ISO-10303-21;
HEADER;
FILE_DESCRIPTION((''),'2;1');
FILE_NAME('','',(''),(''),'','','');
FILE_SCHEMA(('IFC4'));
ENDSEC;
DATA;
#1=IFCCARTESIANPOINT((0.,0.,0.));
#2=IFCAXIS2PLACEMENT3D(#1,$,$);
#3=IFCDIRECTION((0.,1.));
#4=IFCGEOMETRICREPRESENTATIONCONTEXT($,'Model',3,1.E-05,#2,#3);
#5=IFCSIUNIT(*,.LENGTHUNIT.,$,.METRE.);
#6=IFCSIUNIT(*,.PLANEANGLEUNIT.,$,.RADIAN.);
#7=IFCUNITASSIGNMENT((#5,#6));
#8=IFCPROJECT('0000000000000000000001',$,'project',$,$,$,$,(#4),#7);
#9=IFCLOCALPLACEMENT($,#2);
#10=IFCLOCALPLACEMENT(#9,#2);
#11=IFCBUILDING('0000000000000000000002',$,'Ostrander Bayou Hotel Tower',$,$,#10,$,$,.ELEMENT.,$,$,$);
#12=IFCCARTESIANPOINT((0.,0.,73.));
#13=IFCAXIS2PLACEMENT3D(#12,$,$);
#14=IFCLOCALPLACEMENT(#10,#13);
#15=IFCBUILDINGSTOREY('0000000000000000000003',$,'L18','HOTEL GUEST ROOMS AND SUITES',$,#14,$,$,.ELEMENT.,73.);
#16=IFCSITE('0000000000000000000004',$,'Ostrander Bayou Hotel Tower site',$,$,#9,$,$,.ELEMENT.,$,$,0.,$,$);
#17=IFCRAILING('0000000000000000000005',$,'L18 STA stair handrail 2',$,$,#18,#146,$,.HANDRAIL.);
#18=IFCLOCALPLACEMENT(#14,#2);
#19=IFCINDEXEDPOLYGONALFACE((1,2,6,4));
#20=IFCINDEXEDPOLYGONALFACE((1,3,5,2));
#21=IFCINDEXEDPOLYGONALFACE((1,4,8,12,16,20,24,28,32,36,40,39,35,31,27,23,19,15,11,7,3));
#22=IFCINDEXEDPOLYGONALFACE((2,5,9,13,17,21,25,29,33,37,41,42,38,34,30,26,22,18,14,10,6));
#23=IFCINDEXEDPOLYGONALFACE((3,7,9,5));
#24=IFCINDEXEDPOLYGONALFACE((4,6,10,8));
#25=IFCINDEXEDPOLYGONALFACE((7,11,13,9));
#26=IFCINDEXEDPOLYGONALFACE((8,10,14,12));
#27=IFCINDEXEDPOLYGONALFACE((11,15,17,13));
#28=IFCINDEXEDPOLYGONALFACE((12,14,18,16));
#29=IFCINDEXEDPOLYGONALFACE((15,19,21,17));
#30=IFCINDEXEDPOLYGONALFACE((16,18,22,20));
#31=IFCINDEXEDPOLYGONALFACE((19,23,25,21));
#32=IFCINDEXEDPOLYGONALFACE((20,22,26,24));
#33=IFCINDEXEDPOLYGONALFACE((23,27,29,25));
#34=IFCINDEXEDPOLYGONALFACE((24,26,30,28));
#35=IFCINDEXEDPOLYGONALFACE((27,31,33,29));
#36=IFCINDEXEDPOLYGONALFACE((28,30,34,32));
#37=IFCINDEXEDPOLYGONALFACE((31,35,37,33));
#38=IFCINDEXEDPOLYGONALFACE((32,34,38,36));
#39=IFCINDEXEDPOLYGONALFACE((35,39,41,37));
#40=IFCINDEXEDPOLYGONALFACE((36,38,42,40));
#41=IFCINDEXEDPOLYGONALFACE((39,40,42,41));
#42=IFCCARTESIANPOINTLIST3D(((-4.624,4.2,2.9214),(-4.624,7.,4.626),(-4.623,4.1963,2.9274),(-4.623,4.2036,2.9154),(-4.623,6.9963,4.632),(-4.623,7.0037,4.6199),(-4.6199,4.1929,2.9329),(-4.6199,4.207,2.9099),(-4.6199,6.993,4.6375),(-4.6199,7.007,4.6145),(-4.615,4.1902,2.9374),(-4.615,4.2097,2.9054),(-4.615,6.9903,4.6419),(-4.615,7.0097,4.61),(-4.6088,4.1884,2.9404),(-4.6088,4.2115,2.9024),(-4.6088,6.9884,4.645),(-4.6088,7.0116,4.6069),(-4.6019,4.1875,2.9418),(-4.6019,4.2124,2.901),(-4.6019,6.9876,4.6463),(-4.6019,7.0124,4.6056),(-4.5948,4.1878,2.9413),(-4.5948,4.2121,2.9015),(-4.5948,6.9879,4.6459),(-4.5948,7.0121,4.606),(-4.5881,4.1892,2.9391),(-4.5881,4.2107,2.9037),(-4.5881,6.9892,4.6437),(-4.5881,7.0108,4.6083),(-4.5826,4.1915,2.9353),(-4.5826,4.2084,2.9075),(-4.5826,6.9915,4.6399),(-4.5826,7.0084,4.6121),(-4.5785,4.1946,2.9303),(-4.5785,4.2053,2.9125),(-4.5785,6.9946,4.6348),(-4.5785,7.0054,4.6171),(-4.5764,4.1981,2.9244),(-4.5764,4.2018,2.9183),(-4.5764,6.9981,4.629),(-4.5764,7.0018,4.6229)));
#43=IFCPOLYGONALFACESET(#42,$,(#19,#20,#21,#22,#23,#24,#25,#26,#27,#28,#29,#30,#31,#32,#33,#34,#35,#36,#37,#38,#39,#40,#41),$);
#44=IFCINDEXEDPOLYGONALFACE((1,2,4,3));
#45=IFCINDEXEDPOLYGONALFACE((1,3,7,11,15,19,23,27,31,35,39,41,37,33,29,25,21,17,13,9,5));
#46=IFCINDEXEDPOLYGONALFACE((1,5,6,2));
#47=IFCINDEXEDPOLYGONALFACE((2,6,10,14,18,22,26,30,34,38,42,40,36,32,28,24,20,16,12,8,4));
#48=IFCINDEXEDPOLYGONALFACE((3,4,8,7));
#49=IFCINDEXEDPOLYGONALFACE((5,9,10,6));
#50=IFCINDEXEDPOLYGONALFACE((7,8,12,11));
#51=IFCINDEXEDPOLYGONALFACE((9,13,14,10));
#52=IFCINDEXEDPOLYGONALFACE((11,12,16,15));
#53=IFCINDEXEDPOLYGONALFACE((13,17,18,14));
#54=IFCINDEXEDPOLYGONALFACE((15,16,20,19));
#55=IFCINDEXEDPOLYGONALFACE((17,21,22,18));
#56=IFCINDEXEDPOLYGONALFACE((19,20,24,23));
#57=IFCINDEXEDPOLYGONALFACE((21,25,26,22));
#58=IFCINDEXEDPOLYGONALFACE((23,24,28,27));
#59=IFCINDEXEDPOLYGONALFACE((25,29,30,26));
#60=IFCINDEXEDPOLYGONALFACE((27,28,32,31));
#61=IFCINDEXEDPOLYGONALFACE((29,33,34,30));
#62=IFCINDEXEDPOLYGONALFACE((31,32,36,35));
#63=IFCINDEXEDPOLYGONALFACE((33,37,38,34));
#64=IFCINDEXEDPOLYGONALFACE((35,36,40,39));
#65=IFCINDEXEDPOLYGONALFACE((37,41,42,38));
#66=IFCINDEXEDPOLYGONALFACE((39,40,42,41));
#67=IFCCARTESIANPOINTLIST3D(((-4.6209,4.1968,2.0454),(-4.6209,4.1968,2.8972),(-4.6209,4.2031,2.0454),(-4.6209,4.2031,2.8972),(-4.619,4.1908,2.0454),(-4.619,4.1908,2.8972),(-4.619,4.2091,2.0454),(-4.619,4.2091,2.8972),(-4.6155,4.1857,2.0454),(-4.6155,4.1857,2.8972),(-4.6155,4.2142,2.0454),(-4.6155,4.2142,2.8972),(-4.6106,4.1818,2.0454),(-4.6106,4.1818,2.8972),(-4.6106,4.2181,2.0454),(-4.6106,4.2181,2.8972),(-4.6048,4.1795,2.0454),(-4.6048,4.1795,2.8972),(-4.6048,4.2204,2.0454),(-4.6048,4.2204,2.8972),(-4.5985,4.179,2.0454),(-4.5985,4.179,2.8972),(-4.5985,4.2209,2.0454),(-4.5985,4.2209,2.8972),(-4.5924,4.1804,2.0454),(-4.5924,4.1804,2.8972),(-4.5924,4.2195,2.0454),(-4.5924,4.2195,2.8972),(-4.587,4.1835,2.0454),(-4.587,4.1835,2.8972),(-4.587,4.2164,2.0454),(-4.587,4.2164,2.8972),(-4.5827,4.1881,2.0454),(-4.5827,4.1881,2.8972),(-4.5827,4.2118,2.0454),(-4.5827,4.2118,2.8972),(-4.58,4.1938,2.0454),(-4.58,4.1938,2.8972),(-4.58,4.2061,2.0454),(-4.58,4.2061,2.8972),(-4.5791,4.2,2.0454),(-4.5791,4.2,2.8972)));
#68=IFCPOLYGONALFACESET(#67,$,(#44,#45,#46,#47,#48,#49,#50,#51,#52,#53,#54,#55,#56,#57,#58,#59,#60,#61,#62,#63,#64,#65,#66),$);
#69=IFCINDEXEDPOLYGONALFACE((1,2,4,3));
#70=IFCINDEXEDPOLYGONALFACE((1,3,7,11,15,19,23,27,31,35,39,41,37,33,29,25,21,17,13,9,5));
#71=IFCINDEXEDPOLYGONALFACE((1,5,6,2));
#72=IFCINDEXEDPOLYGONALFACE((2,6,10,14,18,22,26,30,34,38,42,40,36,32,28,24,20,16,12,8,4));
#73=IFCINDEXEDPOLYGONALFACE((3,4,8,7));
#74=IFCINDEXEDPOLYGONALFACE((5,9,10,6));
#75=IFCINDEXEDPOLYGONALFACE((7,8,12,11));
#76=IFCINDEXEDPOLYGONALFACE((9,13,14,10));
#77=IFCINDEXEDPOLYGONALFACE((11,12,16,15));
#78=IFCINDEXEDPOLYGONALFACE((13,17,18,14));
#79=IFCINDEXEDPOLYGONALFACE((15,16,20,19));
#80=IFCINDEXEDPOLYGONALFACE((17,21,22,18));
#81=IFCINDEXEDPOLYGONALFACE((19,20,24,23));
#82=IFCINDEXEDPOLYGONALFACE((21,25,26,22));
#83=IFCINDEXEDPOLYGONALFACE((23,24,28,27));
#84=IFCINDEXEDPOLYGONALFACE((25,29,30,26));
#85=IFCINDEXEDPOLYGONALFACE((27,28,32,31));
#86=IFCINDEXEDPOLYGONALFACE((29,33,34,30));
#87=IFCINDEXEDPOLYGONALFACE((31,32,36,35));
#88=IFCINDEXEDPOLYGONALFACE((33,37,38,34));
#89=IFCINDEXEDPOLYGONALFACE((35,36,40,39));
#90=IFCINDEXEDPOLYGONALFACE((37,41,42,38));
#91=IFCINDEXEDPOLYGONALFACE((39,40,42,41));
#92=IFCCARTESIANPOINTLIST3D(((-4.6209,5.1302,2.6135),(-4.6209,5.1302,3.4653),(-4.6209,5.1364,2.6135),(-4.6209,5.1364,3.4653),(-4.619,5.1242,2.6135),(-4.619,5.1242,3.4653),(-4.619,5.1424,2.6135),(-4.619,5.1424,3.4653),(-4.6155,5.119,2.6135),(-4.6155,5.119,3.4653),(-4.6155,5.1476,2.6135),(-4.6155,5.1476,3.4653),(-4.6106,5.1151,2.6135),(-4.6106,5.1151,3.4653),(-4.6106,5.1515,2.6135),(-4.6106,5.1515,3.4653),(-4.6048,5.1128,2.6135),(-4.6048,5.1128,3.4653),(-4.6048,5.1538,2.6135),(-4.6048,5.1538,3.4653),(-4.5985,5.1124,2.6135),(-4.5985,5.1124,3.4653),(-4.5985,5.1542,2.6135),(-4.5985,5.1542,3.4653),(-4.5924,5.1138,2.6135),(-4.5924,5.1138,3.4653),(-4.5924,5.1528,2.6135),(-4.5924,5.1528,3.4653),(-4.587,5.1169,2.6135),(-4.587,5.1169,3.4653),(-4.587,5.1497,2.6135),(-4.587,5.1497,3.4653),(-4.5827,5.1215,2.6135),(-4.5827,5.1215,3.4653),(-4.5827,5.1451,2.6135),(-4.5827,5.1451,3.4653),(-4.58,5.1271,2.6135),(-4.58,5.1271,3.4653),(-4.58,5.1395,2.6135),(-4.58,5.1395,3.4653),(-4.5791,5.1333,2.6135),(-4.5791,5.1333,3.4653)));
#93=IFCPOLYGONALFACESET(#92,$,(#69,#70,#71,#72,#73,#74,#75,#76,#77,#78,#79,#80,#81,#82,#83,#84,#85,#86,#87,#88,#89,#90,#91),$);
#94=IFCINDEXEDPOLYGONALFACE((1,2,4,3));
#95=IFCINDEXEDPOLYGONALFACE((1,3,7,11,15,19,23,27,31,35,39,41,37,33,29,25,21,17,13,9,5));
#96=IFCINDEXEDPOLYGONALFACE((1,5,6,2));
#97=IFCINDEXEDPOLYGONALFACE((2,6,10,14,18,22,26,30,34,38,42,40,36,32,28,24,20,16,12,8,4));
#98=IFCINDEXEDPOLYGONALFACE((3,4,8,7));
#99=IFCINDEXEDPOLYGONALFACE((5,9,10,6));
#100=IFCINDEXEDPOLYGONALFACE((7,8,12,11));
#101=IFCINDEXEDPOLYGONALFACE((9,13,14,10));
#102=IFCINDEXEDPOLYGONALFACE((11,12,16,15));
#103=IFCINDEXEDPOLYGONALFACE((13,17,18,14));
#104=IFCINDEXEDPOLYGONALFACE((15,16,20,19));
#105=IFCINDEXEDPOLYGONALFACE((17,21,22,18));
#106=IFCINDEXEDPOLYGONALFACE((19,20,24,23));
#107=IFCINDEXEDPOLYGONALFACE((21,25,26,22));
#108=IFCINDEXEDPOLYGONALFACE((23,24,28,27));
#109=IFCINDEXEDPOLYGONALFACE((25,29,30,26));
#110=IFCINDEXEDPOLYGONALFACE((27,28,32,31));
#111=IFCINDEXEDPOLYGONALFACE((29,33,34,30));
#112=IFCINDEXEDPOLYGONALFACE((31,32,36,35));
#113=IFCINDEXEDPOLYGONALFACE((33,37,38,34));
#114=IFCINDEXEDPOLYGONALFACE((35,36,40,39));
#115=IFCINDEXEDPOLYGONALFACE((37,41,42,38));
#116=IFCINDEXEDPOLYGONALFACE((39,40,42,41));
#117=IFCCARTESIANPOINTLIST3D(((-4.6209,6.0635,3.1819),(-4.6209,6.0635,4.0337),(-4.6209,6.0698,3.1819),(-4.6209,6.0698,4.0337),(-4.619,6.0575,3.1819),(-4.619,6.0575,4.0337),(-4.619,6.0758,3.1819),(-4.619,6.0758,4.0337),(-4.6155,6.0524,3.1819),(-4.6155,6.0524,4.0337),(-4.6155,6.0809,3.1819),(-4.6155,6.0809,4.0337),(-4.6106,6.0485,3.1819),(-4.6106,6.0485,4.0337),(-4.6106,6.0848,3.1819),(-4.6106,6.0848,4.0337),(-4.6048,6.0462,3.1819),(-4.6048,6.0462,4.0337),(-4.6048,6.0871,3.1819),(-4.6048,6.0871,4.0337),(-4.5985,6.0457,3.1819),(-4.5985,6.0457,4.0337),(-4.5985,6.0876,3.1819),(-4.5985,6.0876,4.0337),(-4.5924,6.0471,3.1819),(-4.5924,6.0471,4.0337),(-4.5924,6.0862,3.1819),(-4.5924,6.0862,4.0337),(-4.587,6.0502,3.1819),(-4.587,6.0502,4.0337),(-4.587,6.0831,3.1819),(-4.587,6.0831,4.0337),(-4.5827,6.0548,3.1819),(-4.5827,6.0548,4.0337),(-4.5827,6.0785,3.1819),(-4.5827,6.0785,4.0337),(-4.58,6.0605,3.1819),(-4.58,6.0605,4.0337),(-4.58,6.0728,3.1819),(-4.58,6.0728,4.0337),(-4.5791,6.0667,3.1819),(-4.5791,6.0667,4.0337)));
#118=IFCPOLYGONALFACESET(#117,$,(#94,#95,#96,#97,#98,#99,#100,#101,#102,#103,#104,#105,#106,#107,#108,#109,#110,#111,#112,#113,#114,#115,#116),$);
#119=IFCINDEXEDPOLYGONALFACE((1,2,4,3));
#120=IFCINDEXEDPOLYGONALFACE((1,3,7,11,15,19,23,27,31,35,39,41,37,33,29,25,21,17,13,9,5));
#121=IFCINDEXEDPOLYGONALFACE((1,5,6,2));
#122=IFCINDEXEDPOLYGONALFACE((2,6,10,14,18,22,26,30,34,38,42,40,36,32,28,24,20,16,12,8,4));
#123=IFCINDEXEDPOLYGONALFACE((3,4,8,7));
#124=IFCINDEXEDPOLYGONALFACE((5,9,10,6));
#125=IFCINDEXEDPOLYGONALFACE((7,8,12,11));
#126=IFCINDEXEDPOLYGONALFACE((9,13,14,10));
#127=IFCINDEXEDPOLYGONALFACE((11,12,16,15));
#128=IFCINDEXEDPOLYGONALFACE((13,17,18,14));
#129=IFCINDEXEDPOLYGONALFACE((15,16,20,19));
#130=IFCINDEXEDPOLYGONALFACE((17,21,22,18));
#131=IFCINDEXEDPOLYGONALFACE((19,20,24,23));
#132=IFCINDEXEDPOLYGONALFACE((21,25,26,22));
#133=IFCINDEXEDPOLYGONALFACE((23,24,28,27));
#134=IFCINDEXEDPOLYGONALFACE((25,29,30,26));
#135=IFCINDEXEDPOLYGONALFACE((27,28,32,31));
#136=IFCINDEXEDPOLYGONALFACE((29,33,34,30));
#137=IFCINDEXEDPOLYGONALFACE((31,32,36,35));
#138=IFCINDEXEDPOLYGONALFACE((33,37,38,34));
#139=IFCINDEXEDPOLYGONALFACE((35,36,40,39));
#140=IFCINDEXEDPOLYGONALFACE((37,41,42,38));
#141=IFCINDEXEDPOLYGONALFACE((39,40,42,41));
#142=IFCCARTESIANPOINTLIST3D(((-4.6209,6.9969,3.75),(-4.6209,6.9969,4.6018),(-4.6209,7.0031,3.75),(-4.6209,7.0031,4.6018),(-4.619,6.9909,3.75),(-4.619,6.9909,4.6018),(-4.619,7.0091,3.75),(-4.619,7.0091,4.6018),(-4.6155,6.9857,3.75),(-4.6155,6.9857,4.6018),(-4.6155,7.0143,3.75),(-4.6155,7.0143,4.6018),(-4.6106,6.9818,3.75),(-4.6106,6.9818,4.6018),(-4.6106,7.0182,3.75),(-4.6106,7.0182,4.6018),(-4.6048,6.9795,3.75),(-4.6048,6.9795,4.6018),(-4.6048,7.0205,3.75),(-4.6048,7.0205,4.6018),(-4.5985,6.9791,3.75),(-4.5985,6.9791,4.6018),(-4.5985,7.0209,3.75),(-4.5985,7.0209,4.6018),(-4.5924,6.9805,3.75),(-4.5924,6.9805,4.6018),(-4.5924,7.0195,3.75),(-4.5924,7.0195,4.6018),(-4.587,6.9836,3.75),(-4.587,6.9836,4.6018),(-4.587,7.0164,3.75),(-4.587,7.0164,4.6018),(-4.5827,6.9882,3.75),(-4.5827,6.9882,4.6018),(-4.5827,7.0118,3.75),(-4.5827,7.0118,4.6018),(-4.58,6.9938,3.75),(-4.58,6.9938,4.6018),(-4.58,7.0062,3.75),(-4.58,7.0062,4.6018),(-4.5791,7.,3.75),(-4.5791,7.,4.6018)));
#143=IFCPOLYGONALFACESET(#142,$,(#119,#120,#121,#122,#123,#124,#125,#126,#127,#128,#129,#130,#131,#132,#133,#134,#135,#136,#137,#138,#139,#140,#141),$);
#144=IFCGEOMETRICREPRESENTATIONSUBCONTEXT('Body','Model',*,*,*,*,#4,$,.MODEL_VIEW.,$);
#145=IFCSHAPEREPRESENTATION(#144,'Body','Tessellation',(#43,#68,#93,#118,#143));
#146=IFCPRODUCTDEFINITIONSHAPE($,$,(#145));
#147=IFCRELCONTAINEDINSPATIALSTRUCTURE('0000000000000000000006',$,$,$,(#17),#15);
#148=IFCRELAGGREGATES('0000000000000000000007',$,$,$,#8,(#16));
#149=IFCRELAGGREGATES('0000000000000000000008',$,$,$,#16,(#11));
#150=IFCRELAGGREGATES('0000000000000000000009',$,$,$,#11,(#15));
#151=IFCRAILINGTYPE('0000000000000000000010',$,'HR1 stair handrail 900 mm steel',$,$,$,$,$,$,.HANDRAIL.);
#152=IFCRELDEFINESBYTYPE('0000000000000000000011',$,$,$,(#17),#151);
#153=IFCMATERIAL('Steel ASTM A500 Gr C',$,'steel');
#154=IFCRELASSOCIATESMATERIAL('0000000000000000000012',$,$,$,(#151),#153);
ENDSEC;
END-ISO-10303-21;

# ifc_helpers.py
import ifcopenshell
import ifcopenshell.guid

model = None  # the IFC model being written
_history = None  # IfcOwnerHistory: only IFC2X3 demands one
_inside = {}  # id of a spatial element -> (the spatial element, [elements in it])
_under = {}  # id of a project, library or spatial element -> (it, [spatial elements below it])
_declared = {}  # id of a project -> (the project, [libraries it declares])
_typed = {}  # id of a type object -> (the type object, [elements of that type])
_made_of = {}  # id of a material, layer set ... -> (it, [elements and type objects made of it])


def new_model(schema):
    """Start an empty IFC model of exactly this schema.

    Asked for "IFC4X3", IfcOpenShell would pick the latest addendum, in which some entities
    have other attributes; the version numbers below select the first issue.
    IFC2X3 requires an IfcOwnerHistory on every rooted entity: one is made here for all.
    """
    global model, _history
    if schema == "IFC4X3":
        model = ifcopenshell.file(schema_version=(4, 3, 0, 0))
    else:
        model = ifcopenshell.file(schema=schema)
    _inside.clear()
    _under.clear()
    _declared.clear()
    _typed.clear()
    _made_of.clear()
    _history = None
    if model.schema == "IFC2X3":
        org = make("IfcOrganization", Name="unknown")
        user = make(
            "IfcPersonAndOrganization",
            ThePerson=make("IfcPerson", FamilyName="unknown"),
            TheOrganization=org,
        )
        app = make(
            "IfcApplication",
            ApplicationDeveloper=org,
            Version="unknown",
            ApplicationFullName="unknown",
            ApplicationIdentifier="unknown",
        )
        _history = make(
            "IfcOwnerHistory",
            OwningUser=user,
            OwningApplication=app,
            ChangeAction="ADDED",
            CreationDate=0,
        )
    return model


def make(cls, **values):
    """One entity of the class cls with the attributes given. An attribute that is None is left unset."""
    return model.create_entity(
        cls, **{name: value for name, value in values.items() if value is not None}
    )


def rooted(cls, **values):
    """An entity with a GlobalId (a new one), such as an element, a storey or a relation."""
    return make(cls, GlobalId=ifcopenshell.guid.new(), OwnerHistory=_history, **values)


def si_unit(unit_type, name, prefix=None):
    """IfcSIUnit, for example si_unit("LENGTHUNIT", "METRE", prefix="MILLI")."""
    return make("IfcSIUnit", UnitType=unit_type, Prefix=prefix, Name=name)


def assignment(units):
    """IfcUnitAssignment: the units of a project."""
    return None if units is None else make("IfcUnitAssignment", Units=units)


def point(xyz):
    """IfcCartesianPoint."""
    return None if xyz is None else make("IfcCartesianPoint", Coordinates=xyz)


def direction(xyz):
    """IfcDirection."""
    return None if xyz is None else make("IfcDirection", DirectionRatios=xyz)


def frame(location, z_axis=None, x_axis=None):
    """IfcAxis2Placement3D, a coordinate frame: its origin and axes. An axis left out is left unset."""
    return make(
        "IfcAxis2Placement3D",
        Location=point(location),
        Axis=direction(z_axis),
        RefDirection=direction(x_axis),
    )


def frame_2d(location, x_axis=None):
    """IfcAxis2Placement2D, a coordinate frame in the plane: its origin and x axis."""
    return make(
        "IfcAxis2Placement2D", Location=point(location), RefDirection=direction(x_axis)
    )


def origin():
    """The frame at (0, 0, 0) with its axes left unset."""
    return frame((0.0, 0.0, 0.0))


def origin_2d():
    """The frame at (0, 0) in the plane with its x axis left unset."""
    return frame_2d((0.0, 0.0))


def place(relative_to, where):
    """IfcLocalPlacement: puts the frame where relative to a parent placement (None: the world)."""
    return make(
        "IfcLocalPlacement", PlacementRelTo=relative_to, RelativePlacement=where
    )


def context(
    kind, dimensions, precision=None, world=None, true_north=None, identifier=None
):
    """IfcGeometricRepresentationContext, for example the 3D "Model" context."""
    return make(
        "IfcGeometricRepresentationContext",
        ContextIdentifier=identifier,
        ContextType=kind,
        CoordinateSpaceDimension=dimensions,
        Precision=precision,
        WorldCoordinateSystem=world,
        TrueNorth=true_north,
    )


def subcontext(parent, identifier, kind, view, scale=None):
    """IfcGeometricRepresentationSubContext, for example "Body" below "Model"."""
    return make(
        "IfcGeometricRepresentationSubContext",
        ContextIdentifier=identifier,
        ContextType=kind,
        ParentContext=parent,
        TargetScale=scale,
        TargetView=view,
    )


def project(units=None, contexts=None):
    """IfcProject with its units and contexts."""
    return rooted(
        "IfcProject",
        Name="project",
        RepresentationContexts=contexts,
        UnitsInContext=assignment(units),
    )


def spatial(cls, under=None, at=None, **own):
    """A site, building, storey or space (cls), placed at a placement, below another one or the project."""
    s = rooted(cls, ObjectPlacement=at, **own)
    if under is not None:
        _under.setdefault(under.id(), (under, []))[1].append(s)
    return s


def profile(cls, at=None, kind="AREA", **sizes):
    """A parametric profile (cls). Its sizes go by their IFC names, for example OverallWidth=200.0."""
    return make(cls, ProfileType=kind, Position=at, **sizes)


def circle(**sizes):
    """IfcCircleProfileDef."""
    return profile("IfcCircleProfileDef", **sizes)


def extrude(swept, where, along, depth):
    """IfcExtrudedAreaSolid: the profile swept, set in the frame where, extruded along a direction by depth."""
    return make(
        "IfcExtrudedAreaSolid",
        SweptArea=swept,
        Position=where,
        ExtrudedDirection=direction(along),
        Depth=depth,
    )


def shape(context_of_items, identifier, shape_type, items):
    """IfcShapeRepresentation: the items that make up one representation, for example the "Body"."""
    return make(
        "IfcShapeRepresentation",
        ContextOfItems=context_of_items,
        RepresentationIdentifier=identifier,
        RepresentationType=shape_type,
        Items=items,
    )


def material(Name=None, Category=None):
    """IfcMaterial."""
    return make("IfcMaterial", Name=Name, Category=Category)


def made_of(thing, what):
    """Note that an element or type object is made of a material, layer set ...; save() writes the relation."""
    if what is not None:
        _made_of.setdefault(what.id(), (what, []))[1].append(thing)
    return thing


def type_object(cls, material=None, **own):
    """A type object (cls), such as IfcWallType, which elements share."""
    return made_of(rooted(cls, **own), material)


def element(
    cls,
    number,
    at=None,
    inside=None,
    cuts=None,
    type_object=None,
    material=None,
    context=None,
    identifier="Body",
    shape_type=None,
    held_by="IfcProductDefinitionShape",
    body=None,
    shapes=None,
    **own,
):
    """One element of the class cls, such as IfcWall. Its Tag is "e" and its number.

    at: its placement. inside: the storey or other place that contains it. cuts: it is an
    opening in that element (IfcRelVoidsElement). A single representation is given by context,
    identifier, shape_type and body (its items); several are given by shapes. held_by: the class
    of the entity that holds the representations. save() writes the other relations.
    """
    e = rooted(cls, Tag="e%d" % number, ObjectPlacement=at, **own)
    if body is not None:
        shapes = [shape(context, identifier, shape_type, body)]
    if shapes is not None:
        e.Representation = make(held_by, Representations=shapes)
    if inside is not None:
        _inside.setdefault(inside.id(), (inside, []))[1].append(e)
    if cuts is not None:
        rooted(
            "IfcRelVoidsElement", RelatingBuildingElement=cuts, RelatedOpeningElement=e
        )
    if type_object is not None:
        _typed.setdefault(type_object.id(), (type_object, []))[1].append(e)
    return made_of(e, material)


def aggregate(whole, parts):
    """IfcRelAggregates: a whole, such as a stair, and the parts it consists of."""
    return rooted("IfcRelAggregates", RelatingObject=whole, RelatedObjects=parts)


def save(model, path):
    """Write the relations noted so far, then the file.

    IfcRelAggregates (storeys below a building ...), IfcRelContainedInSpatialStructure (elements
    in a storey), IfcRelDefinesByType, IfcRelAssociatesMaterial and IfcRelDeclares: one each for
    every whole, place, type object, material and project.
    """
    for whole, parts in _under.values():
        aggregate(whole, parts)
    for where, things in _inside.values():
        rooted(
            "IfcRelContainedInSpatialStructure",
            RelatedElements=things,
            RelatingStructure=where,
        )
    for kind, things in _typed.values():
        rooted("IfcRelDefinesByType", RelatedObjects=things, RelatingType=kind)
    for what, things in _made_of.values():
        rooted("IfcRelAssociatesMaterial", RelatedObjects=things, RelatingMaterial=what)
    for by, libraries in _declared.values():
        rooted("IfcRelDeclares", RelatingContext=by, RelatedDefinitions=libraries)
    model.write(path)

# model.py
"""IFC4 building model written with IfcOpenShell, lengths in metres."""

from ifc_helpers import new_model, si_unit, direction, frame, origin, origin_2d, place, context, subcontext, project, spatial, circle, extrude, material, type_object, element, save


model = new_model("IFC4")

# Units and contexts
model_context = context("Model", 3, precision=1e-05, world=origin(), true_north=direction((0.0, 1.0)))
body_context = subcontext(model_context, "Body", "Model", "MODEL_VIEW")
ifc_project = project(units=[si_unit("LENGTHUNIT", "METRE"), si_unit("PLANEANGLEUNIT", "RADIAN")], contexts=[model_context])

# Site, building, storey
site_placement = place(None, origin())
site = spatial("IfcSite", under=ifc_project, at=site_placement, Name="Ostrander Bayou Hotel Tower site", CompositionType="ELEMENT", RefElevation=0.0)
building_placement = place(site_placement, origin())
building = spatial("IfcBuilding", under=site, at=building_placement, Name="Ostrander Bayou Hotel Tower", CompositionType="ELEMENT")
storey_placement = place(building_placement, frame((0.0, 0.0, 73.0)))
storey = spatial("IfcBuildingStorey", under=building, at=storey_placement, Name="L18", Description="HOTEL GUEST ROOMS AND SUITES", CompositionType="ELEMENT", Elevation=73.0)

# Railing
ifc_material_1 = material(Name="Steel ASTM A500 Gr C", Category="steel")
railing_type_1 = type_object("IfcRailingType", Name="HR1 stair handrail 900 mm steel", PredefinedType="HANDRAIL", material=ifc_material_1)
railing_1_placement = place(storey_placement, frame((-4.6001, 4.2, 2.0454)))
element("IfcRailing", 1, at=railing_1_placement, inside=storey, type_object=railing_type_1, Name="L18 STA stair handrail 2", PredefinedType="HANDRAIL", context=body_context, shape_type="SweptSolid", body=[
    extrude(circle(Radius=0.0239, at=origin_2d()), frame((0.0, 0.0, 0.876), z_axis=(0.0, 0.85417, 0.519994), x_axis=(-1.0, 0.0, 0.0)), (0.0, 0.0, 1.0), 3.2781),
    extrude(circle(Radius=0.021, at=origin_2d()), origin(), (0.0, 0.0, 1.0), 0.8518),
    extrude(circle(Radius=0.021, at=origin_2d()), frame((0.0, 0.9333, 0.5681)), (0.0, 0.0, 1.0), 0.8518),
    extrude(circle(Radius=0.021, at=origin_2d()), frame((0.0, 1.8667, 1.1365)), (0.0, 0.0, 1.0), 0.8518),
    extrude(circle(Radius=0.021, at=origin_2d()), frame((0.0, 2.8, 1.7046)), (0.0, 0.0, 1.0), 0.8518),
])

save(model, "model.ifc")
